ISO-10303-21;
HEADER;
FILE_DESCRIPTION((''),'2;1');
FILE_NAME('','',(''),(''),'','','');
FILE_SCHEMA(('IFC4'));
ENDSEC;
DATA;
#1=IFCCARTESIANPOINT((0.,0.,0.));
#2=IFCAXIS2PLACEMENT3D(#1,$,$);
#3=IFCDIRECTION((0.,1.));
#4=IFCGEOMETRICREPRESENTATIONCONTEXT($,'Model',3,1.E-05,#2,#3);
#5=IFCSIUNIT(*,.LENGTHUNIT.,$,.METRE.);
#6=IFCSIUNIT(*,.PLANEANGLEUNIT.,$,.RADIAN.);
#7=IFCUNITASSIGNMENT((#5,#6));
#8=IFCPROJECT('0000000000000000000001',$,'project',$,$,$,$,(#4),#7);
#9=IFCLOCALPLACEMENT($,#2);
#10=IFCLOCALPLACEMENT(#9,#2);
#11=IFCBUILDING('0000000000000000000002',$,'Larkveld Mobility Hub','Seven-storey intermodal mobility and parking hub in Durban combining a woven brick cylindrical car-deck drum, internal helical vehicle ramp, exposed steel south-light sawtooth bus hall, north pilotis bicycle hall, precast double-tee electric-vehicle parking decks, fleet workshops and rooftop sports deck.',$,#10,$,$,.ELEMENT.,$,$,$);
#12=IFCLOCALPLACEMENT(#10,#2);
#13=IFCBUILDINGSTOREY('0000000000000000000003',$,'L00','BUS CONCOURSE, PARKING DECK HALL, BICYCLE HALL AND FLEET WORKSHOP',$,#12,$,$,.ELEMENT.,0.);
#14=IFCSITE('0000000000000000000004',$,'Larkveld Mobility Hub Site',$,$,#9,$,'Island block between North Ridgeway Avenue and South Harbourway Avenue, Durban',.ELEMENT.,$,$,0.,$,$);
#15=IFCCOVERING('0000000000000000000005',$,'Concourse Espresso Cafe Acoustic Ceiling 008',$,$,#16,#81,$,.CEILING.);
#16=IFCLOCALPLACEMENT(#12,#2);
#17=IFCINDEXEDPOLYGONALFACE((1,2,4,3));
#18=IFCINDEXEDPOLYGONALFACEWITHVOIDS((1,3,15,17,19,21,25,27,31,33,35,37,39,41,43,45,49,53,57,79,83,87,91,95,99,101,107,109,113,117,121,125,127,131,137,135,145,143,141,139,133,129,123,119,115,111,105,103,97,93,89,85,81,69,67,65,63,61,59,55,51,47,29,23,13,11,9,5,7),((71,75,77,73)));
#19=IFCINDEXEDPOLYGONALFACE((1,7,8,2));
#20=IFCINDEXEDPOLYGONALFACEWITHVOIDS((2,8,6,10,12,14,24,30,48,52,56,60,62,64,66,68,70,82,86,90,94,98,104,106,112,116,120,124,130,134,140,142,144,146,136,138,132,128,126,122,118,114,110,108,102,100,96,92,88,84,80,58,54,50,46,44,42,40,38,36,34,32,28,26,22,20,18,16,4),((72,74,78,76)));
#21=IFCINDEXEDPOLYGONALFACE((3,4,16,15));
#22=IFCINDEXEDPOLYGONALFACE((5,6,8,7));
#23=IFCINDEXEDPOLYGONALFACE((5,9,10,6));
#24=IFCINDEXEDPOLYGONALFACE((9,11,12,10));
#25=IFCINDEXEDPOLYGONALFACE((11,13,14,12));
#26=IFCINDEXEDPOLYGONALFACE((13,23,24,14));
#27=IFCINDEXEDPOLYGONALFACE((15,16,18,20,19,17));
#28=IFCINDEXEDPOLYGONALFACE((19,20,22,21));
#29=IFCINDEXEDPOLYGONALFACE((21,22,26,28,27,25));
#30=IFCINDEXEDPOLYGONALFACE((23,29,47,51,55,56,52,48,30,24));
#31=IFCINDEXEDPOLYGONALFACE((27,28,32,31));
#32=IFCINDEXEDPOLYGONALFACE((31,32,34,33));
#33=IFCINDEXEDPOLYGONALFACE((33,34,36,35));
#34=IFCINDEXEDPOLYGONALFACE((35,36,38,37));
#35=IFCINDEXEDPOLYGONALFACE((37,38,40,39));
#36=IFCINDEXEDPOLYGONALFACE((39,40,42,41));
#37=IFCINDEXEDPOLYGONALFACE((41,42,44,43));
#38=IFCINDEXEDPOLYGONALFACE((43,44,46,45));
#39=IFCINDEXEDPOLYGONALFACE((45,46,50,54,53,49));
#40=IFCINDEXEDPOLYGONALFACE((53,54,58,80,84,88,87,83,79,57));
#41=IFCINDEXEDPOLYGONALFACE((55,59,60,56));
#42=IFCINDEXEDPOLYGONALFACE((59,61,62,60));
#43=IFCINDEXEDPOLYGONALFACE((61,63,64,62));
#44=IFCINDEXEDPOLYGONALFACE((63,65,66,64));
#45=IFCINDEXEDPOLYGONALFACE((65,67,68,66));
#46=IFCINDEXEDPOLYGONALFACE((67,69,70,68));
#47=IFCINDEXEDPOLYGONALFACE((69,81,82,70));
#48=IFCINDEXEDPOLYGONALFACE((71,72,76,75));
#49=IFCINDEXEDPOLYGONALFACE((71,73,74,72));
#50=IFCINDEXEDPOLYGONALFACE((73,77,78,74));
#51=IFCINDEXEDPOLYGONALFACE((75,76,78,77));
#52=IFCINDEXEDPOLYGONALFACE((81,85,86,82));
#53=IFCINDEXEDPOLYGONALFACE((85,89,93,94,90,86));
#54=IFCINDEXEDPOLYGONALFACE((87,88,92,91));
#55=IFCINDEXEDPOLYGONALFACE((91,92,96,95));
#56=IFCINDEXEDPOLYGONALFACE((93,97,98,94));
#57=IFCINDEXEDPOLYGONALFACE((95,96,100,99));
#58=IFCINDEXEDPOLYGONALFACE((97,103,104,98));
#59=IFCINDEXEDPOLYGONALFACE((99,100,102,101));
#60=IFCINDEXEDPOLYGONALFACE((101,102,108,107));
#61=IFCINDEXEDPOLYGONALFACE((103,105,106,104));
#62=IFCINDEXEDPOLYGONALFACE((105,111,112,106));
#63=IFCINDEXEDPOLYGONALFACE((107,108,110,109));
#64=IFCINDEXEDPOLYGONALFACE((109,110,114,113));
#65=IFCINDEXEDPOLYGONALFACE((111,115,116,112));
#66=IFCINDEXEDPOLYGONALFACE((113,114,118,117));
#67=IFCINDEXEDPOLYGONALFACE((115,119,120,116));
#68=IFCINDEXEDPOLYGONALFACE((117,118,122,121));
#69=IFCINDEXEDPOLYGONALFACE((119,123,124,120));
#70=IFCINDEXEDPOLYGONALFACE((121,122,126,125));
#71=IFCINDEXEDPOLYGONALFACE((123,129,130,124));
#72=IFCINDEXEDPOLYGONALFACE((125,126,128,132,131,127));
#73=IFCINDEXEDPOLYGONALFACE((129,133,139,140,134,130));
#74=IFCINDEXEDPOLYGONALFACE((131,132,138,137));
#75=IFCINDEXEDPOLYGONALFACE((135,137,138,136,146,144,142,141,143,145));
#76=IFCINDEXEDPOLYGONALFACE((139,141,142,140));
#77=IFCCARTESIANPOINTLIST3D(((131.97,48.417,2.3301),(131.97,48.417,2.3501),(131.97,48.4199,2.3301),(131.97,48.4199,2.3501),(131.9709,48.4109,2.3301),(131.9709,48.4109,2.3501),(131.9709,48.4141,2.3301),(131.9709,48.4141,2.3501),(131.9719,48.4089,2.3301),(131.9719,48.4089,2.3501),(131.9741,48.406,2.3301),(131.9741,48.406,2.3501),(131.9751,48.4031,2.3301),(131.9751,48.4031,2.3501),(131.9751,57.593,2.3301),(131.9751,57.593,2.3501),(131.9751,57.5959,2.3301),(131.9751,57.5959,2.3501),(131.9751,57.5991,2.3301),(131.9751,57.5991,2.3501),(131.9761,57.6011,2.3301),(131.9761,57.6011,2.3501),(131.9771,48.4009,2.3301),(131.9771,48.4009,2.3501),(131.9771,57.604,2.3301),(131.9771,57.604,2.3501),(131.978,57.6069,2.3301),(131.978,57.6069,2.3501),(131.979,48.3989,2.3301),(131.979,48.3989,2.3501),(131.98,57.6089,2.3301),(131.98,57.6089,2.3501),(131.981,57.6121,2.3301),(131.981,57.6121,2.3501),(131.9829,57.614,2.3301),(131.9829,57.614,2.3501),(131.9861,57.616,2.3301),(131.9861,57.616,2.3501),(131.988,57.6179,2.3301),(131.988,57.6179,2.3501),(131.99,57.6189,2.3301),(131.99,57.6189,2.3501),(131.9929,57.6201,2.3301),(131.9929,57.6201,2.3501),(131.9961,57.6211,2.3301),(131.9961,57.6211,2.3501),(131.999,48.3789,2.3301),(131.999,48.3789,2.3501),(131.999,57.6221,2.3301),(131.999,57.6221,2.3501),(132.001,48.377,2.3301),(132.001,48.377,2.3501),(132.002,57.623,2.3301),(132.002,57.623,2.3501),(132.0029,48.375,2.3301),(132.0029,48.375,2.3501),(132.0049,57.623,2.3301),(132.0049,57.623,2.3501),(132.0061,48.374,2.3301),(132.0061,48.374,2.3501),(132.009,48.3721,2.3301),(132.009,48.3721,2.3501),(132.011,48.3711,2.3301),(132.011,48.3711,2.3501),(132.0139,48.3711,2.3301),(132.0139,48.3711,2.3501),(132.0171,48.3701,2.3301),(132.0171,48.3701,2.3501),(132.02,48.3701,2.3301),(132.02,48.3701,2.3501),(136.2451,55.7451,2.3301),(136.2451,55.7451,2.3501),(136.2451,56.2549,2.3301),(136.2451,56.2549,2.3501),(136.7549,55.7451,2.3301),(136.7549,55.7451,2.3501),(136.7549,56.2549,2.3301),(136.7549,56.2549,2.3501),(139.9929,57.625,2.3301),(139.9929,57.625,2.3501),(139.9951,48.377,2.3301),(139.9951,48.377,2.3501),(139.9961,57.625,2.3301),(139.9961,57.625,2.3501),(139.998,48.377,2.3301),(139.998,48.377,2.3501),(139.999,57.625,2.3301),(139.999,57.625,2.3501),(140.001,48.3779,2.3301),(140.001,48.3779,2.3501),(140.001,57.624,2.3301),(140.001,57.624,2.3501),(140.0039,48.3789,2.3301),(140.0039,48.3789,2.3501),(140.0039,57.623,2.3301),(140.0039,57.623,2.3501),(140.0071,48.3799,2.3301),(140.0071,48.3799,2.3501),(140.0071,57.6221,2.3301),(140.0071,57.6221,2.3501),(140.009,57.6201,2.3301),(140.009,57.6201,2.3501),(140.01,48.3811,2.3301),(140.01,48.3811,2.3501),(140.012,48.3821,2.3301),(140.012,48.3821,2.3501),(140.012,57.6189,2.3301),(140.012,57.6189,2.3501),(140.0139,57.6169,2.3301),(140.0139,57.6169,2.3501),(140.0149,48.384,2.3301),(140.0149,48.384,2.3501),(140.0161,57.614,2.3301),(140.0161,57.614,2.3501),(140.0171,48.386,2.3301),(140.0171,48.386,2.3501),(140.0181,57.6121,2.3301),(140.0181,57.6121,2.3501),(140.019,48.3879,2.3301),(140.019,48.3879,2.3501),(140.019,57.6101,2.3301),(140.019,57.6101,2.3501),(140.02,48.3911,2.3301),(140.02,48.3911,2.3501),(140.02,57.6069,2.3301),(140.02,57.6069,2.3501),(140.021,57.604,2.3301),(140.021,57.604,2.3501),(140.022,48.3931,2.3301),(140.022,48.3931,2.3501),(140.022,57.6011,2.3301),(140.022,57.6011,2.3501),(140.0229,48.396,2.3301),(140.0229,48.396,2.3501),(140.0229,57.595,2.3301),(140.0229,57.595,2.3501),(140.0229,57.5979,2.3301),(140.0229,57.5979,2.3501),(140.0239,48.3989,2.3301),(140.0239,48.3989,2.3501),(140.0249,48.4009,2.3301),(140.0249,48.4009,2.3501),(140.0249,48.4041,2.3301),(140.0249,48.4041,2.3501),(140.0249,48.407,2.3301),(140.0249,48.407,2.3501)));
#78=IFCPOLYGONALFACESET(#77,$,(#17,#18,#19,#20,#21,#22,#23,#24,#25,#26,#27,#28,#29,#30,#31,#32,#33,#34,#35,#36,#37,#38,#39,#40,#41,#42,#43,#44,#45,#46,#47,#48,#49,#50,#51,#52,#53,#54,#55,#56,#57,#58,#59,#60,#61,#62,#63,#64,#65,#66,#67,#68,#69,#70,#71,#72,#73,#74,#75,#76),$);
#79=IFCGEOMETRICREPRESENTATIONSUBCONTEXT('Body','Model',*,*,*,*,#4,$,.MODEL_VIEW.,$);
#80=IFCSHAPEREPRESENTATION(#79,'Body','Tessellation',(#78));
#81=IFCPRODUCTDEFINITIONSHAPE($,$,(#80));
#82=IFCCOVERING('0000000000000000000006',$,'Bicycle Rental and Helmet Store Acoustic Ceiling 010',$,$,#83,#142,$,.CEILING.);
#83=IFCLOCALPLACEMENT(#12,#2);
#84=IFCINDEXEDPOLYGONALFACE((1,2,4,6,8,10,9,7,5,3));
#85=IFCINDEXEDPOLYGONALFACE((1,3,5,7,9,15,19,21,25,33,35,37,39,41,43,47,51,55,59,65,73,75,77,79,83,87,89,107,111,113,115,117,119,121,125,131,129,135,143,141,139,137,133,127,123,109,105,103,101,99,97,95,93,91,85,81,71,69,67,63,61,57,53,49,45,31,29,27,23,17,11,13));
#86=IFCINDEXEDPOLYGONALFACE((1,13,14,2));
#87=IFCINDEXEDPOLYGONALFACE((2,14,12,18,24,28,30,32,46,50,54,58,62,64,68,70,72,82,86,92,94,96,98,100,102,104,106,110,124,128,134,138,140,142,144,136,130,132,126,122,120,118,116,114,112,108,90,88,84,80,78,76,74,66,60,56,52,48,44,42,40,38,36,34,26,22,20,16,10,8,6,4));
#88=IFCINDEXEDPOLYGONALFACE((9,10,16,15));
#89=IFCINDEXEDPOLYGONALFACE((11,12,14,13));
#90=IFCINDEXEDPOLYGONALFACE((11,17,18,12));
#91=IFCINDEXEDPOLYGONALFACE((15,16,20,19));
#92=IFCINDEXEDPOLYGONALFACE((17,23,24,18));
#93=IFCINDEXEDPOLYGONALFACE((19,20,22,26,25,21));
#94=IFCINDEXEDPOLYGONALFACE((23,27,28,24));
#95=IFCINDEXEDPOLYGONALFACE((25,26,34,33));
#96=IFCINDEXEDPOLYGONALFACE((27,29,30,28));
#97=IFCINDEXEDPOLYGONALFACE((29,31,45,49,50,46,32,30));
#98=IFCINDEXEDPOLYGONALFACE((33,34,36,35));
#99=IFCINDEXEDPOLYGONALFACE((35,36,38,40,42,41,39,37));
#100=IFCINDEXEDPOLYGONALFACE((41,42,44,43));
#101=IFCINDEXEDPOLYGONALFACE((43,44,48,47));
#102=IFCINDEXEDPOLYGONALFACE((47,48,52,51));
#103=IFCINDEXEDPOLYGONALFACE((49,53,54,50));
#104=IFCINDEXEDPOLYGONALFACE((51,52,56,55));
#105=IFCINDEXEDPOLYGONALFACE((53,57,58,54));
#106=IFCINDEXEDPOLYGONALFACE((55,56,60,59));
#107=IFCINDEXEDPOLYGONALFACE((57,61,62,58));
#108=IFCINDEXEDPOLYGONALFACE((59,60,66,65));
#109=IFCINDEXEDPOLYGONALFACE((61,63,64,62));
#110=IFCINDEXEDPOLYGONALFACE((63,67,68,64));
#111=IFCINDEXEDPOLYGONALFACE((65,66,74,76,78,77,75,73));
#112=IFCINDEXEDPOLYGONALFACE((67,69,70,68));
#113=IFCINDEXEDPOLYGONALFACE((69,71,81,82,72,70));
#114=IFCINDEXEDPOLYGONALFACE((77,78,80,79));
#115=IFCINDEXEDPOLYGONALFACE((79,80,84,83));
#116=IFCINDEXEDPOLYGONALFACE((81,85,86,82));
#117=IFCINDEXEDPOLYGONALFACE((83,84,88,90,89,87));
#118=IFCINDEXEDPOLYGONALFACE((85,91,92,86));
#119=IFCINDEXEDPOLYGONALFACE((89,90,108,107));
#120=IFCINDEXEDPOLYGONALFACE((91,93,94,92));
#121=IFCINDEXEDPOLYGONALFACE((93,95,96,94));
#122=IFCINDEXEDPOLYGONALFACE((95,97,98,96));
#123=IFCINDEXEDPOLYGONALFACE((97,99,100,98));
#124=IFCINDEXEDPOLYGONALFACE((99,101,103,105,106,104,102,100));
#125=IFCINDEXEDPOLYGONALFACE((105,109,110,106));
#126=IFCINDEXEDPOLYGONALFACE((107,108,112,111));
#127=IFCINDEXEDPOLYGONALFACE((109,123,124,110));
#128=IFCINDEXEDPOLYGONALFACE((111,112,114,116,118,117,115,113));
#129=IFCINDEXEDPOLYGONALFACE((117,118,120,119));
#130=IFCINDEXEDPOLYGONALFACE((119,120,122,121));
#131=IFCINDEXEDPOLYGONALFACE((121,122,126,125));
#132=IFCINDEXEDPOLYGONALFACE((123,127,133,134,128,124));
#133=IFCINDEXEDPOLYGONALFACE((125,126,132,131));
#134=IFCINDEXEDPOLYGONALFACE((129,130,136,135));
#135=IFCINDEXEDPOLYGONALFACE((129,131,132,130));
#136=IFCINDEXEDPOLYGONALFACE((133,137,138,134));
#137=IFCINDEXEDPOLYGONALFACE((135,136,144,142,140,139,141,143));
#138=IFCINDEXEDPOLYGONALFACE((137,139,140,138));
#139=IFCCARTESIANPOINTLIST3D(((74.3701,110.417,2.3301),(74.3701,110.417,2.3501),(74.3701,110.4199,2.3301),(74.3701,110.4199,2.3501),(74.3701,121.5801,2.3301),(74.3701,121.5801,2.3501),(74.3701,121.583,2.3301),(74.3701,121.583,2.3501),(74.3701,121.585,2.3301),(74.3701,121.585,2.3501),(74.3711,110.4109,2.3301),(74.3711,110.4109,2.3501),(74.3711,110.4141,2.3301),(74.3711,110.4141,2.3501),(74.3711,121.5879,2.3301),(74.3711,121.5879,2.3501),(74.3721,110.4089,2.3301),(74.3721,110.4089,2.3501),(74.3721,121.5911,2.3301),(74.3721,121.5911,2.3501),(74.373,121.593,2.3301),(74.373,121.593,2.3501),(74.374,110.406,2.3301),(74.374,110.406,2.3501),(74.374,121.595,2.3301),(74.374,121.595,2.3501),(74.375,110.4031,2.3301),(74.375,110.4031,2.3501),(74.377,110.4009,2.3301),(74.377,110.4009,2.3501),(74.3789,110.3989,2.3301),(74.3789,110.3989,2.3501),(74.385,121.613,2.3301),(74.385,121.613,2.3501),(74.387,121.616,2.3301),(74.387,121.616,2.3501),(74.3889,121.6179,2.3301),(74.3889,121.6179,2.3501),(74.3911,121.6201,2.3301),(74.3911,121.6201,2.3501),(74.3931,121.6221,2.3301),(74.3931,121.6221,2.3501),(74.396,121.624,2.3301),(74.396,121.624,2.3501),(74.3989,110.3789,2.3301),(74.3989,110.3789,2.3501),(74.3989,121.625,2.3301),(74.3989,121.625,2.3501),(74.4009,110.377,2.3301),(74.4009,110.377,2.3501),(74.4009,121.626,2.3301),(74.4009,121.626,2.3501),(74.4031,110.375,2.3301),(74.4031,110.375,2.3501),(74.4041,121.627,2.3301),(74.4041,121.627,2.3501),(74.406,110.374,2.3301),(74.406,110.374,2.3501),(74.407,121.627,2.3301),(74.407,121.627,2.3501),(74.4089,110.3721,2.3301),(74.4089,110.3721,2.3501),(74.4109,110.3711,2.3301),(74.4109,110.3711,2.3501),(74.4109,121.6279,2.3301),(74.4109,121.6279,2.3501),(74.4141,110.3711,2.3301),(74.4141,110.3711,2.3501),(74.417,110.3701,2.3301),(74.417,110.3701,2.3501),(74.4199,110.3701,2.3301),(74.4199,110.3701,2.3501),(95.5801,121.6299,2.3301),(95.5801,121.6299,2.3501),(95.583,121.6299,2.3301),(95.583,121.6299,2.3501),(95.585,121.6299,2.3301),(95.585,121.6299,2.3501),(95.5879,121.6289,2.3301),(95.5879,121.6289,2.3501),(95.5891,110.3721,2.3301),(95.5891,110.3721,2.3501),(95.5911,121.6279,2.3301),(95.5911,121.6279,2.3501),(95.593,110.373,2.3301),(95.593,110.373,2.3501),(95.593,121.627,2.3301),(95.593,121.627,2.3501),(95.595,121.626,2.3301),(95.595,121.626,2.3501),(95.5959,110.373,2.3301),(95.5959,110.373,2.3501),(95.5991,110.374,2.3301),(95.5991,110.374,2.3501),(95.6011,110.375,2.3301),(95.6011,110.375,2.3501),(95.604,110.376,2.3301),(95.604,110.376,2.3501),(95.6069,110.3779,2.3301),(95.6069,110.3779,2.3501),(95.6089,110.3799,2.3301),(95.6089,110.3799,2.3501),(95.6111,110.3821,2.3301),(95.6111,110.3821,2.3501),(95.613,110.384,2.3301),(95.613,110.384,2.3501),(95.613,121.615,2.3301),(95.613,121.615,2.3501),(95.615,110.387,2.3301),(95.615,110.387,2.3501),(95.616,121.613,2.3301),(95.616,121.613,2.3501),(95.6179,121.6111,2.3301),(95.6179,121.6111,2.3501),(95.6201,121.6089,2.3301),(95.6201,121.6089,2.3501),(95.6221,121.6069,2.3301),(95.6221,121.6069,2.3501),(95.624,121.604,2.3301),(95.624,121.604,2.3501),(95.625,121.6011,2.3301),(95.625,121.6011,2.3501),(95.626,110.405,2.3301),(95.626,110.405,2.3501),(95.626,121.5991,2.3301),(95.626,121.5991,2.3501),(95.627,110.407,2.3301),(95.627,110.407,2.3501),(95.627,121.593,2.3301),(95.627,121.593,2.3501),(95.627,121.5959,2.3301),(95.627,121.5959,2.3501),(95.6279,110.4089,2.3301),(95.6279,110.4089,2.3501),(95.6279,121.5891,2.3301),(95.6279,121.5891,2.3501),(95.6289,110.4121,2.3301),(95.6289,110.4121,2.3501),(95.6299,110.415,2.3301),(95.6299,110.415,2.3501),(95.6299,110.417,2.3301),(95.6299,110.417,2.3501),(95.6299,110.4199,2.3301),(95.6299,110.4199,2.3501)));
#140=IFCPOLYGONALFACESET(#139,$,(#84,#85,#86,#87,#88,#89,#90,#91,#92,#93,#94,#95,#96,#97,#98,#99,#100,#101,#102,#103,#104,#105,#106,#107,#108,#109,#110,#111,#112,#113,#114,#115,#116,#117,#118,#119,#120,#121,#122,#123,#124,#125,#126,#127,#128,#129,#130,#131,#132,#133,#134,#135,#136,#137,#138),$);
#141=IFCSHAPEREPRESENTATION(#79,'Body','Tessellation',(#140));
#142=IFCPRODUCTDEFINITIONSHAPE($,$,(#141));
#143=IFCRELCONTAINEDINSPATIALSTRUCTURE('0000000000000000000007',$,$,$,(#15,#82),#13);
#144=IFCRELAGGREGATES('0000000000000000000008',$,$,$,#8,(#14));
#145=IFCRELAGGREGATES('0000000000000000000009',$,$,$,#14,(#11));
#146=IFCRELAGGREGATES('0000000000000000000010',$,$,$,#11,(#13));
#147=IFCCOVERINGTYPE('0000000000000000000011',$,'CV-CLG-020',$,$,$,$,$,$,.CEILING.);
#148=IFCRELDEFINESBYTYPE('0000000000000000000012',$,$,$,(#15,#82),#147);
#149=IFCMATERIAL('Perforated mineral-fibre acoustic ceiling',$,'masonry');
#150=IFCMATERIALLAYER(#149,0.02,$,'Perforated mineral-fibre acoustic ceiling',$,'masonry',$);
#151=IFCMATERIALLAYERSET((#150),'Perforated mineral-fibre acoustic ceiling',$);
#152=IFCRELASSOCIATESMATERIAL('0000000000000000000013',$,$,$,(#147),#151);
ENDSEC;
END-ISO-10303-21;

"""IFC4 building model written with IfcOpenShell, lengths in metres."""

from ifc_helpers import new_model, si_unit, direction, frame, origin, place, context, subcontext, project, spatial, polyline, outline, extrude, material, layer, layer_set, type_object, element, save


model = new_model("IFC4")

# Units and contexts
model_context = context("Model", 3, precision=1e-05, world=origin(), true_north=direction((0.0, 1.0)))
body_context = subcontext(model_context, "Body", "Model", "MODEL_VIEW")
ifc_project = project(units=[si_unit("LENGTHUNIT", "METRE"), si_unit("PLANEANGLEUNIT", "RADIAN")], contexts=[model_context])

# Site, building, storey
site_placement = place(None, origin())
site = spatial("IfcSite", under=ifc_project, at=site_placement, Name="Larkveld Mobility Hub Site", LongName="Island block between North Ridgeway Avenue and South Harbourway Avenue, Durban", CompositionType="ELEMENT", RefElevation=0.0)
building_placement = place(site_placement, origin())
building = spatial("IfcBuilding", under=site, at=building_placement, Name="Larkveld Mobility Hub", Description="Seven-storey intermodal mobility and parking hub in Durban combining a woven brick cylindrical car-deck drum, internal helical vehicle ramp, exposed steel south-light sawtooth bus hall, north pilotis bicycle hall, precast double-tee electric-vehicle parking decks, fleet workshops and rooftop sports deck.", CompositionType="ELEMENT")
storey_placement = place(building_placement, origin())
storey = spatial("IfcBuildingStorey", under=building, at=storey_placement, Name="L00", Description="BUS CONCOURSE, PARKING DECK HALL, BICYCLE HALL AND FLEET WORKSHOP", CompositionType="ELEMENT", Elevation=0.0)

# Coverings
ifc_material_1 = material(Name="Perforated mineral-fibre acoustic ceiling", Category="masonry")
ifc_layer_1 = layer(ifc_material_1, 0.02, Name="Perforated mineral-fibre acoustic ceiling", Category="masonry")
ifc_layer_set_1 = layer_set([ifc_layer_1], Name="Perforated mineral-fibre acoustic ceiling")
covering_type_1 = type_object("IfcCoveringType", Name="CV-CLG-020", PredefinedType="CEILING", material=ifc_layer_set_1)
covering_1_placement = place(storey_placement, frame((0.0, 0.0, 2.3301)))
element("IfcCovering", 1, at=covering_1_placement, inside=storey, type_object=covering_type_1, Name="Concourse Espresso Cafe Acoustic Ceiling 008", PredefinedType="CEILING", context=body_context, shape_type="SweptSolid", body=[
    extrude(outline(polyline([(132.0171, 48.3701), (132.0139, 48.3711), (132.011, 48.3711), (132.009, 48.3721), (132.0061, 48.374), (132.0029, 48.375), (132.001, 48.377), (131.999, 48.3789), (131.979, 48.3989), (131.9771, 48.4009), (131.9751, 48.4031), (131.9741, 48.406), (131.9719, 48.4089), (131.9709, 48.4109), (131.9709, 48.4141), (131.97, 48.417), (131.97, 48.4199), (131.9751, 57.593), (131.9751, 57.5959), (131.9751, 57.5991), (131.9761, 57.6011), (131.9771, 57.604), (131.978, 57.6069), (131.98, 57.6089), (131.981, 57.6121), (131.9829, 57.614), (131.9861, 57.616), (131.988, 57.6179), (131.99, 57.6189), (131.9929, 57.6201), (131.9961, 57.6211), (131.999, 57.6221), (132.002, 57.623), (132.0049, 57.623), (139.9929, 57.625), (139.9961, 57.625), (139.999, 57.625), (140.001, 57.624), (140.0039, 57.623), (140.0071, 57.6221), (140.009, 57.6201), (140.012, 57.6189), (140.0139, 57.6169), (140.0161, 57.614), (140.0181, 57.6121), (140.019, 57.6101), (140.02, 57.6069), (140.021, 57.604), (140.022, 57.6011), (140.0229, 57.5979), (140.0229, 57.595), (140.0249, 48.407), (140.0249, 48.4041), (140.0249, 48.4009), (140.0239, 48.3989), (140.0229, 48.396), (140.022, 48.3931), (140.02, 48.3911), (140.019, 48.3879), (140.0171, 48.386), (140.0149, 48.384), (140.012, 48.3821), (140.01, 48.3811), (140.0071, 48.3799), (140.0039, 48.3789), (140.001, 48.3779), (139.998, 48.377), (139.9951, 48.377), (132.02, 48.3701), (132.0171, 48.3701)]), holes=[polyline([(136.7549, 55.7451), (136.7549, 56.2549), (136.2451, 56.2549), (136.2451, 55.7451), (136.7549, 55.7451)])]), origin(), (0.0, 0.0, 1.0), 0.02),
])
covering_2_placement = place(storey_placement, frame((0.0, 0.0, 2.3301)))
element("IfcCovering", 2, at=covering_2_placement, inside=storey, type_object=covering_type_1, Name="Bicycle Rental and Helmet Store Acoustic Ceiling 010", PredefinedType="CEILING", context=body_context, shape_type="SweptSolid", body=[
    extrude(outline(polyline([(74.4199, 110.3701), (74.417, 110.3701), (74.4141, 110.3711), (74.4109, 110.3711), (74.4089, 110.3721), (74.406, 110.374), (74.4031, 110.375), (74.4009, 110.377), (74.3989, 110.3789), (74.3789, 110.3989), (74.377, 110.4009), (74.375, 110.4031), (74.374, 110.406), (74.3721, 110.4089), (74.3711, 110.4109), (74.3711, 110.4141), (74.3701, 110.417), (74.3701, 110.4199), (74.3701, 121.5801), (74.3701, 121.583), (74.3701, 121.585), (74.3711, 121.5879), (74.3721, 121.5911), (74.373, 121.593), (74.374, 121.595), (74.385, 121.613), (74.387, 121.616), (74.3889, 121.6179), (74.3911, 121.6201), (74.3931, 121.6221), (74.396, 121.624), (74.3989, 121.625), (74.4009, 121.626), (74.4041, 121.627), (74.407, 121.627), (74.4109, 121.6279), (95.5801, 121.6299), (95.583, 121.6299), (95.585, 121.6299), (95.5879, 121.6289), (95.5911, 121.6279), (95.593, 121.627), (95.595, 121.626), (95.613, 121.615), (95.616, 121.613), (95.6179, 121.6111), (95.6201, 121.6089), (95.6221, 121.6069), (95.624, 121.604), (95.625, 121.6011), (95.626, 121.5991), (95.627, 121.5959), (95.627, 121.593), (95.6279, 121.5891), (95.6299, 110.4199), (95.6299, 110.417), (95.6299, 110.415), (95.6289, 110.4121), (95.6279, 110.4089), (95.627, 110.407), (95.626, 110.405), (95.615, 110.387), (95.613, 110.384), (95.6111, 110.3821), (95.6089, 110.3799), (95.6069, 110.3779), (95.604, 110.376), (95.6011, 110.375), (95.5991, 110.374), (95.5959, 110.373), (95.593, 110.373), (95.5891, 110.3721), (74.4199, 110.3701)])), origin(), (0.0, 0.0, 1.0), 0.02),
])

save(model, "model.ifc")
